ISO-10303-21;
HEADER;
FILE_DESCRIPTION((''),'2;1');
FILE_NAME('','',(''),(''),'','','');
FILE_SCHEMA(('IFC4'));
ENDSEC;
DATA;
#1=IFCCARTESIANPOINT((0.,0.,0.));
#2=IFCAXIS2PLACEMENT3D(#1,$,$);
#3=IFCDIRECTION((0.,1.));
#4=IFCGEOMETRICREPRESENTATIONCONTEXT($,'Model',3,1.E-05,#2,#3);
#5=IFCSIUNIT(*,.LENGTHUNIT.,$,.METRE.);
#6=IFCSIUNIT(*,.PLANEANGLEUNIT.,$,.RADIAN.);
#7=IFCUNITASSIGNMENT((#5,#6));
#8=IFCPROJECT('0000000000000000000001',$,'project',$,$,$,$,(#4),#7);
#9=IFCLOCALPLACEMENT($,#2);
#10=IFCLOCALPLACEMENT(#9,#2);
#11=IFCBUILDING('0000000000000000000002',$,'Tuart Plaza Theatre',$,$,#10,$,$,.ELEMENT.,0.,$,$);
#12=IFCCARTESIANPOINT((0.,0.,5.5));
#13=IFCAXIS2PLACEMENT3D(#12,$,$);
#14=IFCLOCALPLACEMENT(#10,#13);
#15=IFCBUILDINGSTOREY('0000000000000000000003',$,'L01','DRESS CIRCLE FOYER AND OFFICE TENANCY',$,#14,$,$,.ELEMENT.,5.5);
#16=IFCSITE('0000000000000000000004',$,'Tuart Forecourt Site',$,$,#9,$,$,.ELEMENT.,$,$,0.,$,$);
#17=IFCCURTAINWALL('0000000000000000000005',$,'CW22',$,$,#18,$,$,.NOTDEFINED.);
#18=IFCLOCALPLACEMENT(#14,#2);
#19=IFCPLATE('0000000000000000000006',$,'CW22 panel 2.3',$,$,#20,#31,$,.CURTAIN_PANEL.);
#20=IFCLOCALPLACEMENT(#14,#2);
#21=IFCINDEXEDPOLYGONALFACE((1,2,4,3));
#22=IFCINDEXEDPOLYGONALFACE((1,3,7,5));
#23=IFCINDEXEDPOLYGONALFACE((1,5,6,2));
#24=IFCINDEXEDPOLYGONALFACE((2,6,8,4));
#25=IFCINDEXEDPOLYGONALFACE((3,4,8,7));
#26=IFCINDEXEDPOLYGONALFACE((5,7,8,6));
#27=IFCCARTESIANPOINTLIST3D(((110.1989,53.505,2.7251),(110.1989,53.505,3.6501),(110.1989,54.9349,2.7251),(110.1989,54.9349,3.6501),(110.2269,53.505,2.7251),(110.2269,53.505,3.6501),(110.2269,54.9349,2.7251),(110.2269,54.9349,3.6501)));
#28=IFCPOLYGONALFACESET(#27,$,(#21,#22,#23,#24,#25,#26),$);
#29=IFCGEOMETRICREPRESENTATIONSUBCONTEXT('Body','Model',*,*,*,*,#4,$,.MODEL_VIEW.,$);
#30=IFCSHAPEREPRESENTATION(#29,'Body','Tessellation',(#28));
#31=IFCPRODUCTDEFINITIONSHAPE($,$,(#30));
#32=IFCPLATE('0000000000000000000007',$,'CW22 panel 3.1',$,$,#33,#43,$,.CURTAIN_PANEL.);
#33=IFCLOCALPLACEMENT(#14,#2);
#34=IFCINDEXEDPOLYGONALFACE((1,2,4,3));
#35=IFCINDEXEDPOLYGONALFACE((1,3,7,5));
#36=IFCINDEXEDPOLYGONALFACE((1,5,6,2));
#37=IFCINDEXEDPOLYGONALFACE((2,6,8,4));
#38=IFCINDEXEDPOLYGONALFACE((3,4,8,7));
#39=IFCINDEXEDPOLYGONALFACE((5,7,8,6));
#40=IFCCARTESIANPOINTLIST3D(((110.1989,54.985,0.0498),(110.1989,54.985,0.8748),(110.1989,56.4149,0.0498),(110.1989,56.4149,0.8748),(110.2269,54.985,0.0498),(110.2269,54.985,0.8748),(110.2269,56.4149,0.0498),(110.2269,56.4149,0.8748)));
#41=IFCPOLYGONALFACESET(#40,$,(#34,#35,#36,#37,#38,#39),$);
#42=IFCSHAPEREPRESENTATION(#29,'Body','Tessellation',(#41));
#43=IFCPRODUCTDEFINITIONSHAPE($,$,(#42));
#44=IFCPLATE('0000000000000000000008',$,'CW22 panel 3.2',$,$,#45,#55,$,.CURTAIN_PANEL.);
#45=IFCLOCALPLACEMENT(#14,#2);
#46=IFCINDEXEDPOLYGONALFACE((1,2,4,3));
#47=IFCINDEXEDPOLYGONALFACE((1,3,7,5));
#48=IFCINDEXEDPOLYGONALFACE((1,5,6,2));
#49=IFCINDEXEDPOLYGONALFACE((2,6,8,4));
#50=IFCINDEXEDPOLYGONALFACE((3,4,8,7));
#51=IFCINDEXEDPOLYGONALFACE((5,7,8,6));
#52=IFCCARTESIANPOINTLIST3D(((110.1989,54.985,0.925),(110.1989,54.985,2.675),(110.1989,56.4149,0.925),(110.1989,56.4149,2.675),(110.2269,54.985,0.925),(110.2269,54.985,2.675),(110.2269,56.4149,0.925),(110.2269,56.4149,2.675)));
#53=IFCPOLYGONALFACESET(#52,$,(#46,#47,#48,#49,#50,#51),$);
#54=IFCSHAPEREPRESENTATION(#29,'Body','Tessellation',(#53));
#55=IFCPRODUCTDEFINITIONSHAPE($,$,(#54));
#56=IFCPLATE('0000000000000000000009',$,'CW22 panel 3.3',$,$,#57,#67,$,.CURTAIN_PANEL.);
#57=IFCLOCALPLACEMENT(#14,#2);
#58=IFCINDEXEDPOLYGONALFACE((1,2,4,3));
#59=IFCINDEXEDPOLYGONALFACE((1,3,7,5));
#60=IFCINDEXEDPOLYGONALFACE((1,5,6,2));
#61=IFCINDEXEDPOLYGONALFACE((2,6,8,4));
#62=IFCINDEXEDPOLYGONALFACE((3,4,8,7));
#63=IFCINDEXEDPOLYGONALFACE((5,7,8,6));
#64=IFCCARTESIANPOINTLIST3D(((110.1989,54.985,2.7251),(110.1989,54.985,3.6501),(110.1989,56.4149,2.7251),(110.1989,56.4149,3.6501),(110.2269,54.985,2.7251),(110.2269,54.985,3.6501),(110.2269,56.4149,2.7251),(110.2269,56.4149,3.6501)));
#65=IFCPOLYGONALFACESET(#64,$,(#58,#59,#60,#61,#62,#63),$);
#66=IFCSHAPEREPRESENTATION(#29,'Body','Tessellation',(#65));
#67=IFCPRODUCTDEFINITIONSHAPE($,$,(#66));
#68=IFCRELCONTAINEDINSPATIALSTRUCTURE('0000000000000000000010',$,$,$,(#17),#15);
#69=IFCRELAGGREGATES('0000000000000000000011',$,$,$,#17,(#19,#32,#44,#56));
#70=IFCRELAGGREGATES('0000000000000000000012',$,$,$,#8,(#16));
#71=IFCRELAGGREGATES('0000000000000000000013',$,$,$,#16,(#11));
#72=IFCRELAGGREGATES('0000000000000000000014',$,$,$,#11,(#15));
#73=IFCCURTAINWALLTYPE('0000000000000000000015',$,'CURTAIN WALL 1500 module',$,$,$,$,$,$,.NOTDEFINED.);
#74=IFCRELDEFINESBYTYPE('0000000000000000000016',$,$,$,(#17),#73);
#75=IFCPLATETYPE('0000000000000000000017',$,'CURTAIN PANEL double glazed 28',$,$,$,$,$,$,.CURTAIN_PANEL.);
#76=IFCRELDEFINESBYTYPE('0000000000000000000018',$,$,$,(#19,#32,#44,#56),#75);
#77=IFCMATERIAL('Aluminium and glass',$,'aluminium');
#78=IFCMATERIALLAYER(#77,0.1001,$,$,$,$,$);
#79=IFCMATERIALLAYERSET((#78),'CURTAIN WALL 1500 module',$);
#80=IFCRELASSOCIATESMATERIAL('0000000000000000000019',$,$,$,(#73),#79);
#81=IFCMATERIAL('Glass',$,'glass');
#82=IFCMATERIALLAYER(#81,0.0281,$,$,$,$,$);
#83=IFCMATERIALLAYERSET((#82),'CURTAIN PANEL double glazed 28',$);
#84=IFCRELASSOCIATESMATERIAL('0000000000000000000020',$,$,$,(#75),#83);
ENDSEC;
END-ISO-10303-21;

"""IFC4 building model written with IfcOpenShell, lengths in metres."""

from ifc_helpers import new_model, si_unit, direction, frame, origin, origin_2d, place, context, subcontext, project, spatial, rectangle, extrude, material, layer, layer_set, type_object, element, aggregate, save


model = new_model("IFC4")

# Units and contexts
model_context = context("Model", 3, precision=1e-05, world=origin(), true_north=direction((0.0, 1.0)))
body_context = subcontext(model_context, "Body", "Model", "MODEL_VIEW")
ifc_project = project(units=[si_unit("LENGTHUNIT", "METRE"), si_unit("PLANEANGLEUNIT", "RADIAN")], contexts=[model_context])

# Site, building, storey
site_placement = place(None, origin())
site = spatial("IfcSite", under=ifc_project, at=site_placement, Name="Tuart Forecourt Site", CompositionType="ELEMENT", RefElevation=0.0)
building_placement = place(site_placement, origin())
building = spatial("IfcBuilding", under=site, at=building_placement, Name="Tuart Plaza Theatre", CompositionType="ELEMENT", ElevationOfRefHeight=0.0)
storey_placement = place(building_placement, frame((0.0, 0.0, 5.5)))
storey = spatial("IfcBuildingStorey", under=building, at=storey_placement, Name="L01", Description="DRESS CIRCLE FOYER AND OFFICE TENANCY", CompositionType="ELEMENT", Elevation=5.5)

# Curtain wall, plates
ifc_material_1 = material(Name="Aluminium and glass", Category="aluminium")
ifc_layer_1 = layer(ifc_material_1, 0.1001)
ifc_layer_set_1 = layer_set([ifc_layer_1], Name="CURTAIN WALL 1500 module")
curtain_wall_type = type_object("IfcCurtainWallType", Name="CURTAIN WALL 1500 module", PredefinedType="NOTDEFINED", material=ifc_layer_set_1)
curtain_wall_placement = place(storey_placement, origin())
curtain_wall = element("IfcCurtainWall", 1, at=curtain_wall_placement, inside=storey, type_object=curtain_wall_type, Name="CW22", PredefinedType="NOTDEFINED")
ifc_material_2 = material(Name="Glass", Category="glass")
ifc_layer_2 = layer(ifc_material_2, 0.0281)
ifc_layer_set_2 = layer_set([ifc_layer_2], Name="CURTAIN PANEL double glazed 28")
plate_type = type_object("IfcPlateType", Name="CURTAIN PANEL double glazed 28", PredefinedType="CURTAIN_PANEL", material=ifc_layer_set_2)
plate_1_placement = place(storey_placement, frame((110.2129, 54.22, 2.7251), z_axis=(0.0, 0.0, 1.0), x_axis=(0.0, 1.0, 0.0)))
plate_1 = element("IfcPlate", 2, at=plate_1_placement, type_object=plate_type, Name="CW22 panel 2.3", PredefinedType="CURTAIN_PANEL", context=body_context, shape_type="SweptSolid", body=[
    extrude(rectangle(XDim=1.4299, YDim=0.0281, at=origin_2d()), origin(), (0.0, 0.0, 1.0), 0.925),
])
plate_2_placement = place(storey_placement, frame((110.2129, 55.7, 0.0498), z_axis=(0.0, 0.0, 1.0), x_axis=(0.0, 1.0, 0.0)))
plate_2 = element("IfcPlate", 3, at=plate_2_placement, type_object=plate_type, Name="CW22 panel 3.1", PredefinedType="CURTAIN_PANEL", context=body_context, shape_type="SweptSolid", body=[
    extrude(rectangle(XDim=1.4299, YDim=0.0281, at=origin_2d()), origin(), (0.0, 0.0, 1.0), 0.825),
])
plate_3_placement = place(storey_placement, frame((110.2129, 55.7, 0.925), z_axis=(0.0, 0.0, 1.0), x_axis=(0.0, 1.0, 0.0)))
plate_3 = element("IfcPlate", 4, at=plate_3_placement, type_object=plate_type, Name="CW22 panel 3.2", PredefinedType="CURTAIN_PANEL", context=body_context, shape_type="SweptSolid", body=[
    extrude(rectangle(XDim=1.4299, YDim=0.0281, at=origin_2d()), origin(), (0.0, 0.0, 1.0), 1.75),
])
plate_4_placement = place(storey_placement, frame((110.2129, 55.7, 2.7251), z_axis=(0.0, 0.0, 1.0), x_axis=(0.0, 1.0, 0.0)))
plate_4 = element("IfcPlate", 5, at=plate_4_placement, type_object=plate_type, Name="CW22 panel 3.3", PredefinedType="CURTAIN_PANEL", context=body_context, shape_type="SweptSolid", body=[
    extrude(rectangle(XDim=1.4299, YDim=0.0281, at=origin_2d()), origin(), (0.0, 0.0, 1.0), 0.925),
])
aggregate(curtain_wall, [plate_1, plate_2, plate_3, plate_4])

save(model, "model.ifc")
